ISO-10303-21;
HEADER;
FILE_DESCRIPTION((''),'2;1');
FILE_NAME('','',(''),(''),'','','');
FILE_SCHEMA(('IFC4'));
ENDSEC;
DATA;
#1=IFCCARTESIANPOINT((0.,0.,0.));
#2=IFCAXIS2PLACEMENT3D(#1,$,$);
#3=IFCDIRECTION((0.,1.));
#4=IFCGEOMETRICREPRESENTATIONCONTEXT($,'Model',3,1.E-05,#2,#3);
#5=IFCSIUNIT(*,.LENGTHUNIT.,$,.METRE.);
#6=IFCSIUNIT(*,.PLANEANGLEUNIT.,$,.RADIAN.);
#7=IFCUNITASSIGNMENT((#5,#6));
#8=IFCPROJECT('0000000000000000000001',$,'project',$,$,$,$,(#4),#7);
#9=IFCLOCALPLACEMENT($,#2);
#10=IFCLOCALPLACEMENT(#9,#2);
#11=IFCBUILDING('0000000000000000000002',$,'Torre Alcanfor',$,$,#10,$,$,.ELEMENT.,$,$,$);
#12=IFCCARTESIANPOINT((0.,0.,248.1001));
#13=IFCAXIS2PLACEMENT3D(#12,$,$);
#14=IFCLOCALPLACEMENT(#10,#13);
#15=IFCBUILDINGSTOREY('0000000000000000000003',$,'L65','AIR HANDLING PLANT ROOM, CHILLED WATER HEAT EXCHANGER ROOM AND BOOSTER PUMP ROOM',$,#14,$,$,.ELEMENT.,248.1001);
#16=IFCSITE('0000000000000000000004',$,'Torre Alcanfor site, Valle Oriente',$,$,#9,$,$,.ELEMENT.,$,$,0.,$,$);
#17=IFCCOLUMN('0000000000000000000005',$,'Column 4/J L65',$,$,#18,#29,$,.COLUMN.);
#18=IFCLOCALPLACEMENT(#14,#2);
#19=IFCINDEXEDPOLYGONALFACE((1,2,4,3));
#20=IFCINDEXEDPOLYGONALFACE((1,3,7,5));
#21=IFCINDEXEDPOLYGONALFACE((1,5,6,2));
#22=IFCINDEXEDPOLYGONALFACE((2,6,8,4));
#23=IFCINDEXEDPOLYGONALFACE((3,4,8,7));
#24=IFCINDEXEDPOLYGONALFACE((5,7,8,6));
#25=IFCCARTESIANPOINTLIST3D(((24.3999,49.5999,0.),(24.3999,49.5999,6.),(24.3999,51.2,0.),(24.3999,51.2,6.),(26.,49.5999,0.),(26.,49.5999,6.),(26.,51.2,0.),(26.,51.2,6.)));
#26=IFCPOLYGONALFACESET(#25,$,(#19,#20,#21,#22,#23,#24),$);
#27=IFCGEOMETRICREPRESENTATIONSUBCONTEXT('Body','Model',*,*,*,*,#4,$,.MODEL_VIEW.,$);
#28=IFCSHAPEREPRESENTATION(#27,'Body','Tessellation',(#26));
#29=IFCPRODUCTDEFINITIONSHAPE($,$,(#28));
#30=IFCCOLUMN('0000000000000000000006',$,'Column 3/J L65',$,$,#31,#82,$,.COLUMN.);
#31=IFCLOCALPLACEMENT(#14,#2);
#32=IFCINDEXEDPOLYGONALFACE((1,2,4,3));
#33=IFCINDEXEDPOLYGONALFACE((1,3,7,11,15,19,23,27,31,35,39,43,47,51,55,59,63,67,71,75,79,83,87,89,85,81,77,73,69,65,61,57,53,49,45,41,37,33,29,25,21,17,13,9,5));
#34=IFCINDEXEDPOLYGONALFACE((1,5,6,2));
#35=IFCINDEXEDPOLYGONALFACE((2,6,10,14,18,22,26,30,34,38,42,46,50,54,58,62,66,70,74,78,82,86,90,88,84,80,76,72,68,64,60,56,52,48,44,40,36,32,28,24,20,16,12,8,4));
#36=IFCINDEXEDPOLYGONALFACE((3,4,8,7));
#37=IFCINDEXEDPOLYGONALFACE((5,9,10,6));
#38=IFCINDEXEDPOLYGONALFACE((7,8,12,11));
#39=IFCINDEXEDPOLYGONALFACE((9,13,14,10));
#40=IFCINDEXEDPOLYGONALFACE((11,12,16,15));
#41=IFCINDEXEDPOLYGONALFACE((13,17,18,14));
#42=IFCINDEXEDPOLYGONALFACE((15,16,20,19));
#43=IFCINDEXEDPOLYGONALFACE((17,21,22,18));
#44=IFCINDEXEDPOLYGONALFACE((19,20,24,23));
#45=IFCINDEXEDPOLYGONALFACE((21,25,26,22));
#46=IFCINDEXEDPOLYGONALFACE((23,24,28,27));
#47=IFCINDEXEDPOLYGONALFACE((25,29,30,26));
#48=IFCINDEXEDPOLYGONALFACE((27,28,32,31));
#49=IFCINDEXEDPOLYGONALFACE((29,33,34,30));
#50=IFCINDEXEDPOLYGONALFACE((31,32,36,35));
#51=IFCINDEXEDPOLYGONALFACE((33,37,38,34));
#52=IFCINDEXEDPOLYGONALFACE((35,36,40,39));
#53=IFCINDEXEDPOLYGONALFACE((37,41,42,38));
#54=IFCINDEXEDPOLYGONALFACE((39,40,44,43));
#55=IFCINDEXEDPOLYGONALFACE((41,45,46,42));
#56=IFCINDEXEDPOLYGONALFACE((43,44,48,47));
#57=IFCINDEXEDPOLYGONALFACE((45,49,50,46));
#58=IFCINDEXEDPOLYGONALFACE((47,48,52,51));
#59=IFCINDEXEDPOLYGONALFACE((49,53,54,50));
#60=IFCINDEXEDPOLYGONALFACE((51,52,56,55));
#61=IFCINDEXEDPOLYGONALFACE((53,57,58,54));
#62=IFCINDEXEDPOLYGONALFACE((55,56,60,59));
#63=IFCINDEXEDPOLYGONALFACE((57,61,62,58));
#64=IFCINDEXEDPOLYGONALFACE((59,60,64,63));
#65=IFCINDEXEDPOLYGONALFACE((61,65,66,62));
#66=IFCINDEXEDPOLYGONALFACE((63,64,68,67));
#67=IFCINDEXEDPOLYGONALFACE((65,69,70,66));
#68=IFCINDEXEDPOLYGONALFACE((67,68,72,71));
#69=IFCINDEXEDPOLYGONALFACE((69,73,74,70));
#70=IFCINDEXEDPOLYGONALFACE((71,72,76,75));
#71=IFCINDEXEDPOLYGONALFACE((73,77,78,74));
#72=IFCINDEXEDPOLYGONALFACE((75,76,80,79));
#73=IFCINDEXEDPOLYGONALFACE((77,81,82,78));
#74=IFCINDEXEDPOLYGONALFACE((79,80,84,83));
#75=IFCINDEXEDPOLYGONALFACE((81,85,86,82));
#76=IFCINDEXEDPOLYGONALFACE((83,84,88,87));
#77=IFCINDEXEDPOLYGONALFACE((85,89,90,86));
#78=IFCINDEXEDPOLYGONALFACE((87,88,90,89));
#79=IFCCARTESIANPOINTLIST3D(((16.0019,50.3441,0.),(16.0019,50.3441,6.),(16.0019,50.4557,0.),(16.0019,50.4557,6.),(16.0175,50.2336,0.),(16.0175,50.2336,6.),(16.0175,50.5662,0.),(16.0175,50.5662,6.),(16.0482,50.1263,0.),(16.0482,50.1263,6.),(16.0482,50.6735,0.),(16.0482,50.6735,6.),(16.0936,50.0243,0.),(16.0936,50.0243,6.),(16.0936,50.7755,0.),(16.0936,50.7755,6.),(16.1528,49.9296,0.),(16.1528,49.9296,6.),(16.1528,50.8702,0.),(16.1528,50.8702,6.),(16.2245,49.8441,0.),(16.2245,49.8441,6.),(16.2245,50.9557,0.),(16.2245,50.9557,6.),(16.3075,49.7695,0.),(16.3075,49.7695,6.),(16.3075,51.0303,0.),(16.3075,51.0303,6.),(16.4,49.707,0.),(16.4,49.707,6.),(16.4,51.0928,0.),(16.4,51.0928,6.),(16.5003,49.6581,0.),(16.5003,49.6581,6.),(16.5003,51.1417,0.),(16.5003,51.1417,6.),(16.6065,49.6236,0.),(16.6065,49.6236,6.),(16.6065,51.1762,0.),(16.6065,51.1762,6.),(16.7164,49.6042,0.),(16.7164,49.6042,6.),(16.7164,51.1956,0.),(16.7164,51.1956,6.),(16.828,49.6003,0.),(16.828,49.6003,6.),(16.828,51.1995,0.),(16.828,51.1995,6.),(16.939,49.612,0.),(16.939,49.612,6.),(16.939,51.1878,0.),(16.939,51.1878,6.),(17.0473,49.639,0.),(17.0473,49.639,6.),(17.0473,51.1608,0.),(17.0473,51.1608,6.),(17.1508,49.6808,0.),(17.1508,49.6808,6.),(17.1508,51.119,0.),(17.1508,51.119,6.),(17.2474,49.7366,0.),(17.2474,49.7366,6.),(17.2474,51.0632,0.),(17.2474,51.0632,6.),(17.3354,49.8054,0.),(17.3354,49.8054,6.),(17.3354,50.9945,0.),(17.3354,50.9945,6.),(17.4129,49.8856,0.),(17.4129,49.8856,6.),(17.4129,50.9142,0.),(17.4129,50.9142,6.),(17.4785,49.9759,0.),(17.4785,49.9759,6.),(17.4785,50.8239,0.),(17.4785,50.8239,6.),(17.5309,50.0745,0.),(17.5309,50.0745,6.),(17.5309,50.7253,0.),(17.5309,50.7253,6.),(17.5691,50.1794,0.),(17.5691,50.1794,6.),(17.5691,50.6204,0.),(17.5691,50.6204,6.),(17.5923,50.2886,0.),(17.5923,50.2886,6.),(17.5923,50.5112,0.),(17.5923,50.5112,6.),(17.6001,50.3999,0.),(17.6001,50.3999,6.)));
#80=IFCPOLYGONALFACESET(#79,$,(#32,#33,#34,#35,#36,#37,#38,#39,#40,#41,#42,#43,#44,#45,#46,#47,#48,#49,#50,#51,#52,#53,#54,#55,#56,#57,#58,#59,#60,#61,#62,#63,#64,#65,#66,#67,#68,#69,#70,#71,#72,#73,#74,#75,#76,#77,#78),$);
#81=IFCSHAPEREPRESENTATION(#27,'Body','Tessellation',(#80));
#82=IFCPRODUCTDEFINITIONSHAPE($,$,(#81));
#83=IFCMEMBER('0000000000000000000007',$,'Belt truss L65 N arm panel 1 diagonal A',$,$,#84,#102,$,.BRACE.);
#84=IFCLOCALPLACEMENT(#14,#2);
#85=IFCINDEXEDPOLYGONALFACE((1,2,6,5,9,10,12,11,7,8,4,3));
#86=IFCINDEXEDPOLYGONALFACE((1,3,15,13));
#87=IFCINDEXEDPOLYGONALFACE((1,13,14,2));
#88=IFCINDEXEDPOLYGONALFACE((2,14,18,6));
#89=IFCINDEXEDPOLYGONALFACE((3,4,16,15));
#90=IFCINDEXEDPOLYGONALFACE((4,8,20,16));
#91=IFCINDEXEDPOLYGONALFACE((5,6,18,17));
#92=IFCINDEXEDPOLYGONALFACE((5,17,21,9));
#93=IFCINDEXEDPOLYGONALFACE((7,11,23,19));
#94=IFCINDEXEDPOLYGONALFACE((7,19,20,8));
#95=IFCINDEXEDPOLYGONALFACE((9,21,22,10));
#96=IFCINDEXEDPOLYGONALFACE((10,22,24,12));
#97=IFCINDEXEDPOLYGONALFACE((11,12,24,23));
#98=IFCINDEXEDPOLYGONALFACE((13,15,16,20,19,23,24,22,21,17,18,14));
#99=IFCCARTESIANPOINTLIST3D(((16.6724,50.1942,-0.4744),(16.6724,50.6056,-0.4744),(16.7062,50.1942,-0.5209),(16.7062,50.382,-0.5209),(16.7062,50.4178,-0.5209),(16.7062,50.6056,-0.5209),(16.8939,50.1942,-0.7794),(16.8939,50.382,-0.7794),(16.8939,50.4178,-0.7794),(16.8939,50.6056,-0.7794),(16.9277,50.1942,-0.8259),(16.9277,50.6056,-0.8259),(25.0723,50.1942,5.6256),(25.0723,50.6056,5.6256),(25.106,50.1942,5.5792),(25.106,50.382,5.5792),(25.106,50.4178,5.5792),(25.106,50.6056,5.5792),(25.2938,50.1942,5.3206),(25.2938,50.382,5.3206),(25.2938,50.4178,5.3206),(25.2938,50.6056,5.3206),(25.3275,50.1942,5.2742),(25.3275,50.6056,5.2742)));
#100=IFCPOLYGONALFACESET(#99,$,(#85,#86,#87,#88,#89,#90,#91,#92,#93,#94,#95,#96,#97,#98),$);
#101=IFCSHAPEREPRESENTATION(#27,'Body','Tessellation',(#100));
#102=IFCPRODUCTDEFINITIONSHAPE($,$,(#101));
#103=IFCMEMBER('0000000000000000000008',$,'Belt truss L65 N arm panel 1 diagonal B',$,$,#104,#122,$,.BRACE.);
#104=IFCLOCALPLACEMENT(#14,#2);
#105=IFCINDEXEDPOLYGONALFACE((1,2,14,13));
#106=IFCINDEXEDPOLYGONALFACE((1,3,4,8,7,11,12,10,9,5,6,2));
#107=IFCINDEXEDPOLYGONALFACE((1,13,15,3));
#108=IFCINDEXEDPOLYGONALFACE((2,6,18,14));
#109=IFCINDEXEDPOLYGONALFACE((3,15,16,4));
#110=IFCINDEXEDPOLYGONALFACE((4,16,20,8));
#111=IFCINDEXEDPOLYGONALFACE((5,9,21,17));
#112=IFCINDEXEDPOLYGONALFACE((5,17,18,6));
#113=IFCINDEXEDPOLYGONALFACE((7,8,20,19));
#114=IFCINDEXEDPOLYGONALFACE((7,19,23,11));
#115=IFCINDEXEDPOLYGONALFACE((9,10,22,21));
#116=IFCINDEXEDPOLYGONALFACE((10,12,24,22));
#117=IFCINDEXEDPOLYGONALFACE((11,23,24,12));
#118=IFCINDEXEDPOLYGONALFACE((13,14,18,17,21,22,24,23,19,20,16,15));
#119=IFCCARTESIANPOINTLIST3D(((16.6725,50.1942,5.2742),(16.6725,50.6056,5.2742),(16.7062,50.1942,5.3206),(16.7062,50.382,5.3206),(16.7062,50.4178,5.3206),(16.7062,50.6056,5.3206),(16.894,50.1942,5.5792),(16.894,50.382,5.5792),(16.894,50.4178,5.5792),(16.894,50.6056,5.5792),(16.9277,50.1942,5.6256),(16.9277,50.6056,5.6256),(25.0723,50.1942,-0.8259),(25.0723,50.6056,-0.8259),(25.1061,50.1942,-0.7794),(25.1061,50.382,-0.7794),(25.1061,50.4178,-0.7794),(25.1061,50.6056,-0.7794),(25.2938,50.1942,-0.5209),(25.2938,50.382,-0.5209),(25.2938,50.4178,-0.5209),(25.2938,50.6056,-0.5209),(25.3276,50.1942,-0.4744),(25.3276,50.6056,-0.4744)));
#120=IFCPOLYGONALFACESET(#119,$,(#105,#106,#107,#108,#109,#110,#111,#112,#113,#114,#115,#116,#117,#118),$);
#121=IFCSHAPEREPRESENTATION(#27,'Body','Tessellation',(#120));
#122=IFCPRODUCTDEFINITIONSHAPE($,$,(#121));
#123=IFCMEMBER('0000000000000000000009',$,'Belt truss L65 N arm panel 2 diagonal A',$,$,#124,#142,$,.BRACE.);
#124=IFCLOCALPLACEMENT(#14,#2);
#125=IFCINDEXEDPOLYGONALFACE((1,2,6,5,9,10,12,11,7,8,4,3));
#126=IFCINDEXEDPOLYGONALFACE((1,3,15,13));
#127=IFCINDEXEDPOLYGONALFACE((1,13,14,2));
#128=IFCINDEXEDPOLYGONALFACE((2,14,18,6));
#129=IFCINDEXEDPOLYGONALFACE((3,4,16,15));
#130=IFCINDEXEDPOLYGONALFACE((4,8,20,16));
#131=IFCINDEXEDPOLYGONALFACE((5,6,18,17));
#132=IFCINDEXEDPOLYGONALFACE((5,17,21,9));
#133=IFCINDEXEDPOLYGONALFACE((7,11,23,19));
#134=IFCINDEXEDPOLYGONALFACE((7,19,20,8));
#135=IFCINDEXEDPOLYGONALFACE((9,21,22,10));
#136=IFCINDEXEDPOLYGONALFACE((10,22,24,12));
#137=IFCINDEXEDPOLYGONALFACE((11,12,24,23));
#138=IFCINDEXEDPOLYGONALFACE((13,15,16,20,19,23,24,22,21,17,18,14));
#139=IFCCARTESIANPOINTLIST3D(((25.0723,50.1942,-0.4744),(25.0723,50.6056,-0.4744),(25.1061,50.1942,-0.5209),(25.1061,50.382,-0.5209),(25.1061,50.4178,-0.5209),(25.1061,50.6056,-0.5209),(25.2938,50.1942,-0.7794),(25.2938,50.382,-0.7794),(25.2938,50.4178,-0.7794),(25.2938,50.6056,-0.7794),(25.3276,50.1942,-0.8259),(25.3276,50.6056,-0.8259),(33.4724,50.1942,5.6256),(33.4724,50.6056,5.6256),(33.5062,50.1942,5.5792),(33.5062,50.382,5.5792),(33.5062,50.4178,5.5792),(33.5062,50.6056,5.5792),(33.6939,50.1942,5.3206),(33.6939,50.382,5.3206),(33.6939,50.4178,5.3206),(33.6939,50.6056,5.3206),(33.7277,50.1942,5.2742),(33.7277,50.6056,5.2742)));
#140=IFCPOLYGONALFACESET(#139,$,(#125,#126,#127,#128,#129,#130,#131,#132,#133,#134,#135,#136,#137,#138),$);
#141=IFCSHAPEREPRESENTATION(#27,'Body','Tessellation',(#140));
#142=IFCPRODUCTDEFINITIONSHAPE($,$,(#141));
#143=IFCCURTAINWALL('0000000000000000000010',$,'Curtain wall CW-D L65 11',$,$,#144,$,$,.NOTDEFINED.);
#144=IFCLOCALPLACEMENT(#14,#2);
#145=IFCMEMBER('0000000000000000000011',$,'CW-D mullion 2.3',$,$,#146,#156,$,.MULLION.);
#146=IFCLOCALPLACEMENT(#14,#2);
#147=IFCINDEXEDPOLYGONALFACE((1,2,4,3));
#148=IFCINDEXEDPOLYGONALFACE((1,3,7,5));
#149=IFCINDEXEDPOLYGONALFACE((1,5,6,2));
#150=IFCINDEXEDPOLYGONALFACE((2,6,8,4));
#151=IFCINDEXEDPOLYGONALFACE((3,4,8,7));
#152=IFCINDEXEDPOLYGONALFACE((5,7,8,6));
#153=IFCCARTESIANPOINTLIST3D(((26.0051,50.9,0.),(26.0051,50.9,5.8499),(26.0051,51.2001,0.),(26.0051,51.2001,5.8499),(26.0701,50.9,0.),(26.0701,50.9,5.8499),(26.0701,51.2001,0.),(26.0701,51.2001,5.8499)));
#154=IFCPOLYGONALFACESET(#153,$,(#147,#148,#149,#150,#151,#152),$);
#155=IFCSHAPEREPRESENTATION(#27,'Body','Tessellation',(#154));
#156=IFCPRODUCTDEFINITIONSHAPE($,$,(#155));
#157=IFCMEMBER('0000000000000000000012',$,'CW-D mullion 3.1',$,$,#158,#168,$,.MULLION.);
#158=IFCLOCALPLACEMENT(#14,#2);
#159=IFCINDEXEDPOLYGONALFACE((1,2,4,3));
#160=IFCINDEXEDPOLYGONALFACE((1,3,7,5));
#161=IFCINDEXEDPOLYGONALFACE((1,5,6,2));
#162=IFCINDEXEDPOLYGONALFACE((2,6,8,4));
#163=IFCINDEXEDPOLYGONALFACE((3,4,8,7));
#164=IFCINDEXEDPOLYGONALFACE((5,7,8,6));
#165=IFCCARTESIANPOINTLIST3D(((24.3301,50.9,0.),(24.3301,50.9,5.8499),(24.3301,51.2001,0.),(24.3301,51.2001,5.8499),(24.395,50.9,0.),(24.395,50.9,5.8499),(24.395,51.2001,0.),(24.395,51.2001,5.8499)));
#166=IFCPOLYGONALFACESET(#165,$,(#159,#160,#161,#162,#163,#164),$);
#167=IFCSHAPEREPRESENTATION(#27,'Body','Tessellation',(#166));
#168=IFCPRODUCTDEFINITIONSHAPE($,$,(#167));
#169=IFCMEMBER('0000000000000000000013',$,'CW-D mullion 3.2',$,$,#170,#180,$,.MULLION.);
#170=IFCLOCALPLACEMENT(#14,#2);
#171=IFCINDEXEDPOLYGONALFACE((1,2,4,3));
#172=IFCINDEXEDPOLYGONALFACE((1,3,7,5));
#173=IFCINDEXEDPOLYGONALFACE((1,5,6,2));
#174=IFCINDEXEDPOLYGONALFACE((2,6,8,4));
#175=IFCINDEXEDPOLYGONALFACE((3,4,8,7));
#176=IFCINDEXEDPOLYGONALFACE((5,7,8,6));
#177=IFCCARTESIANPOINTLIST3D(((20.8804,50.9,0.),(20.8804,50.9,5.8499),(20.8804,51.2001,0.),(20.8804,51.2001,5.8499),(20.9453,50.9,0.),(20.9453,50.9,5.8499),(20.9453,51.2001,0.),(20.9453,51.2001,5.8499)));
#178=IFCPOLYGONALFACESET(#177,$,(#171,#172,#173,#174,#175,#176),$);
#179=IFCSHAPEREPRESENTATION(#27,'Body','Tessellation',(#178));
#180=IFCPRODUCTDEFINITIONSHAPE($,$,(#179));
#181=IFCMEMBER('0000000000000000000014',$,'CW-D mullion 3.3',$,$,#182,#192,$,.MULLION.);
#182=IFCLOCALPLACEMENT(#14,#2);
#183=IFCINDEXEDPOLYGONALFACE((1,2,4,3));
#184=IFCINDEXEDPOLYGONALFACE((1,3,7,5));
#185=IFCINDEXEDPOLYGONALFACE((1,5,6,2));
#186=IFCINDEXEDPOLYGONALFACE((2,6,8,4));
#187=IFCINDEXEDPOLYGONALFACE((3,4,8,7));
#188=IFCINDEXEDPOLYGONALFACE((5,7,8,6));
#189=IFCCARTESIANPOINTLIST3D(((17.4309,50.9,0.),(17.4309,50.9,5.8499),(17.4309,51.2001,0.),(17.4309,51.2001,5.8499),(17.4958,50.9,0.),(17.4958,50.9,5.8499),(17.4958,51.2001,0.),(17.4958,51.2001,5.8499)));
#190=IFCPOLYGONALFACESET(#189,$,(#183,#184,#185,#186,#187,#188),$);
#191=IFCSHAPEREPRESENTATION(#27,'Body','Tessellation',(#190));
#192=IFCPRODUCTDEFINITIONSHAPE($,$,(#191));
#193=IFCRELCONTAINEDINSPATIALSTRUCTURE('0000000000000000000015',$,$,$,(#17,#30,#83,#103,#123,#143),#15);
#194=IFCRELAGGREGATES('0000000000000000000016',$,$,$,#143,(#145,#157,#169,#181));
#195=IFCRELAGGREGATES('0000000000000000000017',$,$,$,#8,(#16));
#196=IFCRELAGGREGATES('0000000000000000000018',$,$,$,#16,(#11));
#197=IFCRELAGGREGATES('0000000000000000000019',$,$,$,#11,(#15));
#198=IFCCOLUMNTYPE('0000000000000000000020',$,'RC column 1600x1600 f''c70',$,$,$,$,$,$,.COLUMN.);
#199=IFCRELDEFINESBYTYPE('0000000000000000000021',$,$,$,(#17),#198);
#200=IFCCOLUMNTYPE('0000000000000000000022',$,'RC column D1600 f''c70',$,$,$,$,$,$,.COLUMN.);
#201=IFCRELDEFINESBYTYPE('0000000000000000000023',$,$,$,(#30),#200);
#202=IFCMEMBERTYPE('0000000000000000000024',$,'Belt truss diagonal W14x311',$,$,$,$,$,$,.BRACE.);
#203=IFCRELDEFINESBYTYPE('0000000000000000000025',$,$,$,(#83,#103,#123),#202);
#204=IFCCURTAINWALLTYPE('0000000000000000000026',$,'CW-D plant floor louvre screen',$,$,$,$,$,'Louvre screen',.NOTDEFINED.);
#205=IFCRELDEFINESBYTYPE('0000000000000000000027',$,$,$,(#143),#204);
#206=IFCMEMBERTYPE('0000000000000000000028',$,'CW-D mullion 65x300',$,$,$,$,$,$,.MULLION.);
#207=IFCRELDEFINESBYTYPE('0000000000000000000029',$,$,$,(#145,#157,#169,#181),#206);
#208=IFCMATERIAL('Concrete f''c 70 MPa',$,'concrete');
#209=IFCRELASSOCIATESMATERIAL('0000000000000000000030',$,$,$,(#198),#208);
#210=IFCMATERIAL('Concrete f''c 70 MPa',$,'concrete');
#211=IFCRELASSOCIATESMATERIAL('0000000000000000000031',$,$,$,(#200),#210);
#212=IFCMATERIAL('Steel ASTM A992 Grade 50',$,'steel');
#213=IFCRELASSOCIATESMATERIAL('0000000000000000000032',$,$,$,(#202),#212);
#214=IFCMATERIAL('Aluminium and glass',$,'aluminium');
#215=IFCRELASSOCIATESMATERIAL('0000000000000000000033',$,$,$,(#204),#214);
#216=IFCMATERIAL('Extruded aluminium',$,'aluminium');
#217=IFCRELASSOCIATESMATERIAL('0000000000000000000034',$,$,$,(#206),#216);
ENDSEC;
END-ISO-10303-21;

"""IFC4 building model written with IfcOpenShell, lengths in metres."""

from ifc_helpers import new_model, si_unit, direction, frame, origin, origin_2d, place, context, subcontext, project, spatial, rectangle, circle, i_section, extrude, material, material_profile, profile_set, type_object, element, aggregate, save


model = new_model("IFC4")

# Units and contexts
model_context = context("Model", 3, precision=1e-05, world=origin(), true_north=direction((0.0, 1.0)))
body_context = subcontext(model_context, "Body", "Model", "MODEL_VIEW")
ifc_project = project(units=[si_unit("LENGTHUNIT", "METRE"), si_unit("PLANEANGLEUNIT", "RADIAN")], contexts=[model_context])

# Site, building, storey
site_placement = place(None, origin())
site = spatial("IfcSite", under=ifc_project, at=site_placement, Name="Torre Alcanfor site, Valle Oriente", CompositionType="ELEMENT", RefElevation=0.0)
building_placement = place(site_placement, origin())
building = spatial("IfcBuilding", under=site, at=building_placement, Name="Torre Alcanfor", CompositionType="ELEMENT")
storey_placement = place(building_placement, frame((0.0, 0.0, 248.1001)))
storey = spatial("IfcBuildingStorey", under=building, at=storey_placement, Name="L65", Description="AIR HANDLING PLANT ROOM, CHILLED WATER HEAT EXCHANGER ROOM AND BOOSTER PUMP ROOM", CompositionType="ELEMENT", Elevation=248.1001)

# Columns
ifc_material_1 = material(Name="Concrete f'c 70 MPa", Category="concrete")
ifc_material_profile_1 = material_profile(ifc_material_1, rectangle(XDim=1.6001, YDim=1.6001, at=origin_2d()), Name="1600x1600")
ifc_profile_set_1 = profile_set([ifc_material_profile_1], Name="Concrete f'c 70 MPa")
column_type_1 = type_object("IfcColumnType", Name="RC column 1600x1600 f'c70", PredefinedType="COLUMN", material=ifc_profile_set_1)
column_1_placement = place(storey_placement, frame((25.2, 50.3999, 0.0), z_axis=(0.0, 0.0, 1.0), x_axis=(1.0, 0.0, 0.0)))
element("IfcColumn", 1, at=column_1_placement, inside=storey, type_object=column_type_1, Name="Column 4/J L65", PredefinedType="COLUMN", context=body_context, shape_type="SweptSolid", body=[
    extrude(rectangle(XDim=1.6001, YDim=1.6001, at=origin_2d()), origin(), (0.0, 0.0, 1.0), 6.0),
])
ifc_material_2 = material(Name="Concrete f'c 70 MPa", Category="concrete")
ifc_material_profile_2 = material_profile(ifc_material_2, circle(Radius=0.8, at=origin_2d()), Name="D1600")
ifc_profile_set_2 = profile_set([ifc_material_profile_2], Name="Concrete f'c 70 MPa")
column_type_2 = type_object("IfcColumnType", Name="RC column D1600 f'c70", PredefinedType="COLUMN", material=ifc_profile_set_2)
column_2_placement = place(storey_placement, frame((16.8, 50.3999, 0.0), z_axis=(0.0, 0.0, 1.0), x_axis=(1.0, 0.0, 0.0)))
element("IfcColumn", 2, at=column_2_placement, inside=storey, type_object=column_type_2, Name="Column 3/J L65", PredefinedType="COLUMN", context=body_context, shape_type="SweptSolid", body=[
    extrude(circle(Radius=0.8, at=origin_2d()), origin(), (0.0, 0.0, 1.0), 6.0),
])

# Members
ifc_material_3 = material(Name="Steel ASTM A992 Grade 50", Category="steel")
ifc_material_profile_3 = material_profile(ifc_material_3, i_section(OverallWidth=0.4114, OverallDepth=0.4343, WebThickness=0.0359, FlangeThickness=0.0574, at=origin_2d()), Name="W14x311")
ifc_profile_set_3 = profile_set([ifc_material_profile_3], Name="Steel ASTM A992 Grade 50")
member_type_1 = type_object("IfcMemberType", Name="Belt truss diagonal W14x311", PredefinedType="BRACE", material=ifc_profile_set_3)
for number, where, z_axis, x_axis, name in (
    (3, (16.8, 50.3999, -0.6501), (0.809145, 0.0, 0.587609), (0.0, 1.0, 0.0), "Belt truss L65 N arm panel 1 diagonal A"),
    (4, (25.2, 50.3999, -0.6501), (-0.809145, 0.0, 0.587609), (0.0, -1.0, 0.0), "Belt truss L65 N arm panel 1 diagonal B"),
):
    element("IfcMember", number, at=place(storey_placement, frame(where, z_axis=z_axis, x_axis=x_axis)), inside=storey, type_object=member_type_1, Name=name, PredefinedType="BRACE", context=body_context, shape_type="SweptSolid", body=[
        extrude(i_section(OverallWidth=0.4114, OverallDepth=0.4343, WebThickness=0.0359, FlangeThickness=0.0574, at=origin_2d()), origin(), (0.0, 0.0, 1.0), 10.3811),
    ])
member_1_placement = place(storey_placement, frame((25.2, 50.3999, -0.6501), z_axis=(0.809153, 0.0, 0.587598), x_axis=(0.0, 1.0, 0.0)))
element("IfcMember", 5, at=member_1_placement, inside=storey, type_object=member_type_1, Name="Belt truss L65 N arm panel 2 diagonal A", PredefinedType="BRACE", context=body_context, shape_type="SweptSolid", body=[
    extrude(i_section(OverallWidth=0.4114, OverallDepth=0.4343, WebThickness=0.0359, FlangeThickness=0.0574, at=origin_2d()), origin(), (0.0, 0.0, 1.0), 10.3813),
])

# Curtain wall, members
ifc_material_4 = material(Name="Aluminium and glass", Category="aluminium")
curtain_wall_type = type_object("IfcCurtainWallType", Name="CW-D plant floor louvre screen", ElementType="Louvre screen", PredefinedType="NOTDEFINED", material=ifc_material_4)
curtain_wall_placement = place(storey_placement, origin())
curtain_wall = element("IfcCurtainWall", 6, at=curtain_wall_placement, inside=storey, type_object=curtain_wall_type, Name="Curtain wall CW-D L65 11", PredefinedType="NOTDEFINED")
ifc_material_5 = material(Name="Extruded aluminium", Category="aluminium")
ifc_material_profile_4 = material_profile(ifc_material_5, rectangle(XDim=0.3, YDim=0.0649, at=origin_2d()), Name="CW-D mullion 65x300")
ifc_profile_set_4 = profile_set([ifc_material_profile_4], Name="Extruded aluminium")
member_type_2 = type_object("IfcMemberType", Name="CW-D mullion 65x300", PredefinedType="MULLION", material=ifc_profile_set_4)
member_2_placement = place(storey_placement, frame((26.0376, 51.05, 0.0), z_axis=(0.0, 0.0, 1.0), x_axis=(0.0, -1.0, 0.0)))
member_2 = element("IfcMember", 7, at=member_2_placement, type_object=member_type_2, Name="CW-D mullion 2.3", PredefinedType="MULLION", context=body_context, shape_type="SweptSolid", body=[
    extrude(rectangle(XDim=0.3, YDim=0.0649, at=origin_2d()), origin(), (0.0, 0.0, 1.0), 5.8499),
])
member_3_placement = place(storey_placement, frame((24.3625, 51.05, 0.0), z_axis=(0.0, 0.0, 1.0), x_axis=(0.0, -1.0, 0.0)))
member_3 = element("IfcMember", 8, at=member_3_placement, type_object=member_type_2, Name="CW-D mullion 3.1", PredefinedType="MULLION", context=body_context, shape_type="SweptSolid", body=[
    extrude(rectangle(XDim=0.3, YDim=0.0649, at=origin_2d()), origin(), (0.0, 0.0, 1.0), 5.8499),
])
member_4_placement = place(storey_placement, frame((20.9128, 51.05, 0.0), z_axis=(0.0, 0.0, 1.0), x_axis=(0.0, -1.0, 0.0)))
member_4 = element("IfcMember", 9, at=member_4_placement, type_object=member_type_2, Name="CW-D mullion 3.2", PredefinedType="MULLION", context=body_context, shape_type="SweptSolid", body=[
    extrude(rectangle(XDim=0.3, YDim=0.0649, at=origin_2d()), origin(), (0.0, 0.0, 1.0), 5.8499),
])
member_5_placement = place(storey_placement, frame((17.4634, 51.05, 0.0), z_axis=(0.0, 0.0, 1.0), x_axis=(0.0, -1.0, 0.0)))
member_5 = element("IfcMember", 10, at=member_5_placement, type_object=member_type_2, Name="CW-D mullion 3.3", PredefinedType="MULLION", context=body_context, shape_type="SweptSolid", body=[
    extrude(rectangle(XDim=0.3, YDim=0.0649, at=origin_2d()), origin(), (0.0, 0.0, 1.0), 5.8499),
])

aggregate(curtain_wall, [member_2, member_3, member_4, member_5])

save(model, "model.ifc")
